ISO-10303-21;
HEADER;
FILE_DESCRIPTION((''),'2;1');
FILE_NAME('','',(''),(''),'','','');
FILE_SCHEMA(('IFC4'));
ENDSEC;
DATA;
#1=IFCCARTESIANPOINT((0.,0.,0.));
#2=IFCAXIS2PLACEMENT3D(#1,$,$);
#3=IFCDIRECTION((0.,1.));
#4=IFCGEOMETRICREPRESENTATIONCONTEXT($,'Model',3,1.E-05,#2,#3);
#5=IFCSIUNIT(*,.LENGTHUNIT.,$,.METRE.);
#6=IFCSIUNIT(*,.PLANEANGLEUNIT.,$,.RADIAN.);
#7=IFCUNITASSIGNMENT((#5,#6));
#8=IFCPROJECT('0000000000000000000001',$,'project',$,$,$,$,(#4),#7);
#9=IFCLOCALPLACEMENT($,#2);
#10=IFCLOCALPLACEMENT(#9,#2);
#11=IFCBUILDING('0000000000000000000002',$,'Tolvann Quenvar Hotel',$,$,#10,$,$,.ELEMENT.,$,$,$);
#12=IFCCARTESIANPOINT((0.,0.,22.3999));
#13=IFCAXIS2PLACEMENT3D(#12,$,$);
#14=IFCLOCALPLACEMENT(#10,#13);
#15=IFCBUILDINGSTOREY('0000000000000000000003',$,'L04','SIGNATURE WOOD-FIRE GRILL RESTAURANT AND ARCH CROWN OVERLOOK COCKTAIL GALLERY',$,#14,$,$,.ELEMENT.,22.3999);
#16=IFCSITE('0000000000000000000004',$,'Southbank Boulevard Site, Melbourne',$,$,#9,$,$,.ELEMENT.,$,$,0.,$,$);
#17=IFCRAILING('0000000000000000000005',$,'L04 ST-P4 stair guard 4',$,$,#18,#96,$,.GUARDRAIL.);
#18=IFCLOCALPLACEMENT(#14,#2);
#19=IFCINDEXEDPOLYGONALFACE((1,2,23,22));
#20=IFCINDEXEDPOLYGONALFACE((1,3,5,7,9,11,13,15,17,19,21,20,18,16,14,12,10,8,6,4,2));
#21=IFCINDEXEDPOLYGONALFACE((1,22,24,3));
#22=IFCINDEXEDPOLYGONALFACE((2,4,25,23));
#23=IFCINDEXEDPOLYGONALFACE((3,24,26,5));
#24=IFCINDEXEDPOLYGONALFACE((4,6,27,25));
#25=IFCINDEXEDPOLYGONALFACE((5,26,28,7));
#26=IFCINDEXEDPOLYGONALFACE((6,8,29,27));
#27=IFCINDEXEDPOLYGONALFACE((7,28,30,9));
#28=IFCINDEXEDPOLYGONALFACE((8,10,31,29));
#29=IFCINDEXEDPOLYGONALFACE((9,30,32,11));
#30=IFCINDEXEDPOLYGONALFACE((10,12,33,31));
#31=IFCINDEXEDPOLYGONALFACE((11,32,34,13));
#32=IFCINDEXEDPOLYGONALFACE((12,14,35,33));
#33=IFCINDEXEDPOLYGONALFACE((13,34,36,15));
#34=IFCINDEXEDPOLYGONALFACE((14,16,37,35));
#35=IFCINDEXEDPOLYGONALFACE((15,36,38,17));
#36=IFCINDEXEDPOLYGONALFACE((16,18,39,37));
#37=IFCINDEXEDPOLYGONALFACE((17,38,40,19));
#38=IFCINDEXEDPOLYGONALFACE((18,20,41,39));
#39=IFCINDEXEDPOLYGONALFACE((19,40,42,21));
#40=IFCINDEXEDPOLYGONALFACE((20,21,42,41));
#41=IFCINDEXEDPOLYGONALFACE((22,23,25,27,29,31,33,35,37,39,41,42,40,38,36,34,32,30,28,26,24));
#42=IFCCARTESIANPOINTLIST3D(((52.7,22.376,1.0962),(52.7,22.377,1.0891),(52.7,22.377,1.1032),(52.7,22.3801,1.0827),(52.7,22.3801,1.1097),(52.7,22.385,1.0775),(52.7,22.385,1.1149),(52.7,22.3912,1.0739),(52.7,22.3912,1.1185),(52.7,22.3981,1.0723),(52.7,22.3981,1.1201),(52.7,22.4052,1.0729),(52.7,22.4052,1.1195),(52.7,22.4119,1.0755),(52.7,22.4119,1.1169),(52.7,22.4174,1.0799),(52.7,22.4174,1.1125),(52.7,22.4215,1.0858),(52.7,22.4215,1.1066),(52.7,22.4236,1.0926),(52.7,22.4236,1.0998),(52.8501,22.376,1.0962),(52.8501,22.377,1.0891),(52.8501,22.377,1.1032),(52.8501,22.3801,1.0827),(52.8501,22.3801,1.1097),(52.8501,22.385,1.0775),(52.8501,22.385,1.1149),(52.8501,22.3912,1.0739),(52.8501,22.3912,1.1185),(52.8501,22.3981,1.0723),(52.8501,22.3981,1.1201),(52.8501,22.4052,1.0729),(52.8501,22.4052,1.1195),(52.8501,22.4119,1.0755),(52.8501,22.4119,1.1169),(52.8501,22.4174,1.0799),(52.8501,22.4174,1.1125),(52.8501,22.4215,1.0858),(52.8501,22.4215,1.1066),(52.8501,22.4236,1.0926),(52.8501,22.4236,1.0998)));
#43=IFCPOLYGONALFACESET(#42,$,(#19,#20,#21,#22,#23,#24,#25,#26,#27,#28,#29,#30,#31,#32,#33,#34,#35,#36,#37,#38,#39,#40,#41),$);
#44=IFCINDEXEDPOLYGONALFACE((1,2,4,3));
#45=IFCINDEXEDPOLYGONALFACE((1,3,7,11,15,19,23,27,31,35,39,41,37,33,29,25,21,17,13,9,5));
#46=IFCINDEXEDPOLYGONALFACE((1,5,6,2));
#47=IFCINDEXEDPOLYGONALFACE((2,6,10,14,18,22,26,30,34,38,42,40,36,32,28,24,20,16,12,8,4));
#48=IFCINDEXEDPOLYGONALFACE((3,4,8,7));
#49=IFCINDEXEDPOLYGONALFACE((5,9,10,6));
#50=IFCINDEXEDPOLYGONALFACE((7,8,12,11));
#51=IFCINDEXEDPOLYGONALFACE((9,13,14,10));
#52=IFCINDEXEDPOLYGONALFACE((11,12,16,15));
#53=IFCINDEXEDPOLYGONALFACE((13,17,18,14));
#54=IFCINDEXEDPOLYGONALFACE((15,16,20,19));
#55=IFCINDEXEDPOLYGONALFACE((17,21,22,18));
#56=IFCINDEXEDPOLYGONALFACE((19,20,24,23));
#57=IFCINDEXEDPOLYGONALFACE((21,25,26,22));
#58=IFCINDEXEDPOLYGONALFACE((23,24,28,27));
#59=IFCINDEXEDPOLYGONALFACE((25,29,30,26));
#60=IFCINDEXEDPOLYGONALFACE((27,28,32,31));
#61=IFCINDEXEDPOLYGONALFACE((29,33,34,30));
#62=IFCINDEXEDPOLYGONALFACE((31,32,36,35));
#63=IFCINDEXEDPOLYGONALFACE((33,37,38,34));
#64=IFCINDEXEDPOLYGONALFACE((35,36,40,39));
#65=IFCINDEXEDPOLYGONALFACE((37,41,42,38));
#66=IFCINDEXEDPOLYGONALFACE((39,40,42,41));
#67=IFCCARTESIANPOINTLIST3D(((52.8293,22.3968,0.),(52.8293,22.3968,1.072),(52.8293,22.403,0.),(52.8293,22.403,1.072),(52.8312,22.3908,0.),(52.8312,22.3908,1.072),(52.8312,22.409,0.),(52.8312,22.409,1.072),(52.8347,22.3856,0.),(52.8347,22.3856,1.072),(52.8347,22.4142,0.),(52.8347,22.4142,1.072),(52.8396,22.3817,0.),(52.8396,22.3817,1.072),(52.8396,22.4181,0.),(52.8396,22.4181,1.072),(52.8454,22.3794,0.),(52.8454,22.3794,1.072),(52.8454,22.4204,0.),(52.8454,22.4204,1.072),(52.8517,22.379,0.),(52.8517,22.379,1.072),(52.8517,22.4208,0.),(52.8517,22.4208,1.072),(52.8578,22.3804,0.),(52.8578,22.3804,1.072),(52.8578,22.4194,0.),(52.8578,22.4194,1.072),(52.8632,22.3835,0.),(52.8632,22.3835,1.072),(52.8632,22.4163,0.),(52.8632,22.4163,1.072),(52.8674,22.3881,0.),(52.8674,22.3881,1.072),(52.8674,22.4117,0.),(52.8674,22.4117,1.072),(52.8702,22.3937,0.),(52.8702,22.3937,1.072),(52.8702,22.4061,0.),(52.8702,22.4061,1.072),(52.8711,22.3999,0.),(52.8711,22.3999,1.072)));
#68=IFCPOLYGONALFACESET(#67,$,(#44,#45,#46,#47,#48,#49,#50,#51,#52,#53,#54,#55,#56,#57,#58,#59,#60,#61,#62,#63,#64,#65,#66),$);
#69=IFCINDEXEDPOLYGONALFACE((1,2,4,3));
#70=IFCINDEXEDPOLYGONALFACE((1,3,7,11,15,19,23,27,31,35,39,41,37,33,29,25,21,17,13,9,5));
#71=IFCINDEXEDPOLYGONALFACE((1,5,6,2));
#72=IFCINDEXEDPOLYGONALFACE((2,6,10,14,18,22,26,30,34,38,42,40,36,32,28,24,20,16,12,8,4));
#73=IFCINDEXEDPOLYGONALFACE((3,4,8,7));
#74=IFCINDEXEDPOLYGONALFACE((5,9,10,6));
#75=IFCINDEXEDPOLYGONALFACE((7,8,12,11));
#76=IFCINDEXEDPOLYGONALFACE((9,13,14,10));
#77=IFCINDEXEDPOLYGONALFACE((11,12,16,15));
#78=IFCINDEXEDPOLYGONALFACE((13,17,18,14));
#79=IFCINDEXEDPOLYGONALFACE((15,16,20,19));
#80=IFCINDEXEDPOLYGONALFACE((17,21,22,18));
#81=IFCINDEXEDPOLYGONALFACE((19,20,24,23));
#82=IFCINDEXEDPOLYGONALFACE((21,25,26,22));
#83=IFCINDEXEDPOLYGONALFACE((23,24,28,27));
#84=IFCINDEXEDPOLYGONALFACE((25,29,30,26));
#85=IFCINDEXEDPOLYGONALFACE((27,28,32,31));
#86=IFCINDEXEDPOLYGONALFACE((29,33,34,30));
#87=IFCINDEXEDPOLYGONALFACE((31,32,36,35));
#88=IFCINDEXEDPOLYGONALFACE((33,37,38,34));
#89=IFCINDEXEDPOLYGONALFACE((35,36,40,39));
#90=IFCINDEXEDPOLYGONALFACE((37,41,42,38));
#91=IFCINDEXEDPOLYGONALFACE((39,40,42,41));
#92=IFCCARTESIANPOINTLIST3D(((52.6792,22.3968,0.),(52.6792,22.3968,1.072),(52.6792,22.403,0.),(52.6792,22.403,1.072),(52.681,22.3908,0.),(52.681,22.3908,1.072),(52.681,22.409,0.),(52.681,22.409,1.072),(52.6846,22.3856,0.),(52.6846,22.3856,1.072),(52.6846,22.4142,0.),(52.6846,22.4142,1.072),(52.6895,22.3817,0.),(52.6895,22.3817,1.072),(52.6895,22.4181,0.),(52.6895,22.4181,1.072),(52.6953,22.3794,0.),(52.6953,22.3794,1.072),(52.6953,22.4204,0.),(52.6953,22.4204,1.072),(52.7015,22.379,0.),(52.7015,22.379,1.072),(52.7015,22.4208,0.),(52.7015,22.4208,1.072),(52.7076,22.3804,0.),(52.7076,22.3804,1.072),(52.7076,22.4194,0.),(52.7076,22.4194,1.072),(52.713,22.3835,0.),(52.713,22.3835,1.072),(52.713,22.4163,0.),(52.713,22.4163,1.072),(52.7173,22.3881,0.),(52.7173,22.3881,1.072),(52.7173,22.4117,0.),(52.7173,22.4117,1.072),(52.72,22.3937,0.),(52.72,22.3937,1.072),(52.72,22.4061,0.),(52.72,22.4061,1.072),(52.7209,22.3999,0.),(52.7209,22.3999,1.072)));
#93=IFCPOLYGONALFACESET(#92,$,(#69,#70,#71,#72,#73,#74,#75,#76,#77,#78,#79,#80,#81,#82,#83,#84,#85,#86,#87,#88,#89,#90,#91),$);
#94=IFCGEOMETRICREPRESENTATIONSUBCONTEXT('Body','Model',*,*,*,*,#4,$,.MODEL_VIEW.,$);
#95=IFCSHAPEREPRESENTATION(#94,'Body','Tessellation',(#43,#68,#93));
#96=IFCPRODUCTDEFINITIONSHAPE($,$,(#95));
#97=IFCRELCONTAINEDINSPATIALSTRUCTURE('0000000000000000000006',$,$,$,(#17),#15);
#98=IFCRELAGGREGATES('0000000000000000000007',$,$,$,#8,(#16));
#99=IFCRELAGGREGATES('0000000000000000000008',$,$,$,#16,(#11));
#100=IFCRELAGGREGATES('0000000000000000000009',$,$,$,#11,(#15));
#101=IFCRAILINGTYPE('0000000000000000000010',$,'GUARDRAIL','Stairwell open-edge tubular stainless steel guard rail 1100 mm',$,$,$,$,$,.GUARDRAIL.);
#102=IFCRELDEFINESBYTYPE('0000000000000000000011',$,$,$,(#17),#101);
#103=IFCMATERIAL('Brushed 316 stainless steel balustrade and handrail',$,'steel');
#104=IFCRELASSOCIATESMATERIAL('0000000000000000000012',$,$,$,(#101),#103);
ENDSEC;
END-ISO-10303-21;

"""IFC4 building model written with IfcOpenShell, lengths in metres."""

from ifc_helpers import new_model, si_unit, direction, frame, origin, origin_2d, place, context, subcontext, project, spatial, circle, extrude, material, type_object, element, save


model = new_model("IFC4")

# Units and contexts
model_context = context("Model", 3, precision=1e-05, world=origin(), true_north=direction((0.0, 1.0)))
body_context = subcontext(model_context, "Body", "Model", "MODEL_VIEW")
ifc_project = project(units=[si_unit("LENGTHUNIT", "METRE"), si_unit("PLANEANGLEUNIT", "RADIAN")], contexts=[model_context])

# Site, building, storey
site_placement = place(None, origin())
site = spatial("IfcSite", under=ifc_project, at=site_placement, Name="Southbank Boulevard Site, Melbourne", CompositionType="ELEMENT", RefElevation=0.0)
building_placement = place(site_placement, origin())
building = spatial("IfcBuilding", under=site, at=building_placement, Name="Tolvann Quenvar Hotel", CompositionType="ELEMENT")
storey_placement = place(building_placement, frame((0.0, 0.0, 22.3999)))
storey = spatial("IfcBuildingStorey", under=building, at=storey_placement, Name="L04", Description="SIGNATURE WOOD-FIRE GRILL RESTAURANT AND ARCH CROWN OVERLOOK COCKTAIL GALLERY", CompositionType="ELEMENT", Elevation=22.3999)

# Railing
ifc_material_1 = material(Name="Brushed 316 stainless steel balustrade and handrail", Category="steel")
railing_type_1 = type_object("IfcRailingType", Name="GUARDRAIL", Description="Stairwell open-edge tubular stainless steel guard rail 1100 mm", PredefinedType="GUARDRAIL", material=ifc_material_1)
railing_1_placement = place(storey_placement, frame((52.8501, 22.3999, 0.0)))
element("IfcRailing", 1, at=railing_1_placement, inside=storey, type_object=railing_type_1, Name="L04 ST-P4 stair guard 4", PredefinedType="GUARDRAIL", context=body_context, shape_type="SweptSolid", body=[
    extrude(circle(Radius=0.0239, at=origin_2d()), frame((0.0, 0.0, 1.0962), z_axis=(-1.0, 0.0, 0.0), x_axis=(0.0, -1.0, 0.0)), (0.0, 0.0, 1.0), 0.1501),
    extrude(circle(Radius=0.021, at=origin_2d()), origin(), (0.0, 0.0, 1.0), 1.072),
    extrude(circle(Radius=0.021, at=origin_2d()), frame((-0.1501, 0.0, 0.0)), (0.0, 0.0, 1.0), 1.072),
])

save(model, "model.ifc")
